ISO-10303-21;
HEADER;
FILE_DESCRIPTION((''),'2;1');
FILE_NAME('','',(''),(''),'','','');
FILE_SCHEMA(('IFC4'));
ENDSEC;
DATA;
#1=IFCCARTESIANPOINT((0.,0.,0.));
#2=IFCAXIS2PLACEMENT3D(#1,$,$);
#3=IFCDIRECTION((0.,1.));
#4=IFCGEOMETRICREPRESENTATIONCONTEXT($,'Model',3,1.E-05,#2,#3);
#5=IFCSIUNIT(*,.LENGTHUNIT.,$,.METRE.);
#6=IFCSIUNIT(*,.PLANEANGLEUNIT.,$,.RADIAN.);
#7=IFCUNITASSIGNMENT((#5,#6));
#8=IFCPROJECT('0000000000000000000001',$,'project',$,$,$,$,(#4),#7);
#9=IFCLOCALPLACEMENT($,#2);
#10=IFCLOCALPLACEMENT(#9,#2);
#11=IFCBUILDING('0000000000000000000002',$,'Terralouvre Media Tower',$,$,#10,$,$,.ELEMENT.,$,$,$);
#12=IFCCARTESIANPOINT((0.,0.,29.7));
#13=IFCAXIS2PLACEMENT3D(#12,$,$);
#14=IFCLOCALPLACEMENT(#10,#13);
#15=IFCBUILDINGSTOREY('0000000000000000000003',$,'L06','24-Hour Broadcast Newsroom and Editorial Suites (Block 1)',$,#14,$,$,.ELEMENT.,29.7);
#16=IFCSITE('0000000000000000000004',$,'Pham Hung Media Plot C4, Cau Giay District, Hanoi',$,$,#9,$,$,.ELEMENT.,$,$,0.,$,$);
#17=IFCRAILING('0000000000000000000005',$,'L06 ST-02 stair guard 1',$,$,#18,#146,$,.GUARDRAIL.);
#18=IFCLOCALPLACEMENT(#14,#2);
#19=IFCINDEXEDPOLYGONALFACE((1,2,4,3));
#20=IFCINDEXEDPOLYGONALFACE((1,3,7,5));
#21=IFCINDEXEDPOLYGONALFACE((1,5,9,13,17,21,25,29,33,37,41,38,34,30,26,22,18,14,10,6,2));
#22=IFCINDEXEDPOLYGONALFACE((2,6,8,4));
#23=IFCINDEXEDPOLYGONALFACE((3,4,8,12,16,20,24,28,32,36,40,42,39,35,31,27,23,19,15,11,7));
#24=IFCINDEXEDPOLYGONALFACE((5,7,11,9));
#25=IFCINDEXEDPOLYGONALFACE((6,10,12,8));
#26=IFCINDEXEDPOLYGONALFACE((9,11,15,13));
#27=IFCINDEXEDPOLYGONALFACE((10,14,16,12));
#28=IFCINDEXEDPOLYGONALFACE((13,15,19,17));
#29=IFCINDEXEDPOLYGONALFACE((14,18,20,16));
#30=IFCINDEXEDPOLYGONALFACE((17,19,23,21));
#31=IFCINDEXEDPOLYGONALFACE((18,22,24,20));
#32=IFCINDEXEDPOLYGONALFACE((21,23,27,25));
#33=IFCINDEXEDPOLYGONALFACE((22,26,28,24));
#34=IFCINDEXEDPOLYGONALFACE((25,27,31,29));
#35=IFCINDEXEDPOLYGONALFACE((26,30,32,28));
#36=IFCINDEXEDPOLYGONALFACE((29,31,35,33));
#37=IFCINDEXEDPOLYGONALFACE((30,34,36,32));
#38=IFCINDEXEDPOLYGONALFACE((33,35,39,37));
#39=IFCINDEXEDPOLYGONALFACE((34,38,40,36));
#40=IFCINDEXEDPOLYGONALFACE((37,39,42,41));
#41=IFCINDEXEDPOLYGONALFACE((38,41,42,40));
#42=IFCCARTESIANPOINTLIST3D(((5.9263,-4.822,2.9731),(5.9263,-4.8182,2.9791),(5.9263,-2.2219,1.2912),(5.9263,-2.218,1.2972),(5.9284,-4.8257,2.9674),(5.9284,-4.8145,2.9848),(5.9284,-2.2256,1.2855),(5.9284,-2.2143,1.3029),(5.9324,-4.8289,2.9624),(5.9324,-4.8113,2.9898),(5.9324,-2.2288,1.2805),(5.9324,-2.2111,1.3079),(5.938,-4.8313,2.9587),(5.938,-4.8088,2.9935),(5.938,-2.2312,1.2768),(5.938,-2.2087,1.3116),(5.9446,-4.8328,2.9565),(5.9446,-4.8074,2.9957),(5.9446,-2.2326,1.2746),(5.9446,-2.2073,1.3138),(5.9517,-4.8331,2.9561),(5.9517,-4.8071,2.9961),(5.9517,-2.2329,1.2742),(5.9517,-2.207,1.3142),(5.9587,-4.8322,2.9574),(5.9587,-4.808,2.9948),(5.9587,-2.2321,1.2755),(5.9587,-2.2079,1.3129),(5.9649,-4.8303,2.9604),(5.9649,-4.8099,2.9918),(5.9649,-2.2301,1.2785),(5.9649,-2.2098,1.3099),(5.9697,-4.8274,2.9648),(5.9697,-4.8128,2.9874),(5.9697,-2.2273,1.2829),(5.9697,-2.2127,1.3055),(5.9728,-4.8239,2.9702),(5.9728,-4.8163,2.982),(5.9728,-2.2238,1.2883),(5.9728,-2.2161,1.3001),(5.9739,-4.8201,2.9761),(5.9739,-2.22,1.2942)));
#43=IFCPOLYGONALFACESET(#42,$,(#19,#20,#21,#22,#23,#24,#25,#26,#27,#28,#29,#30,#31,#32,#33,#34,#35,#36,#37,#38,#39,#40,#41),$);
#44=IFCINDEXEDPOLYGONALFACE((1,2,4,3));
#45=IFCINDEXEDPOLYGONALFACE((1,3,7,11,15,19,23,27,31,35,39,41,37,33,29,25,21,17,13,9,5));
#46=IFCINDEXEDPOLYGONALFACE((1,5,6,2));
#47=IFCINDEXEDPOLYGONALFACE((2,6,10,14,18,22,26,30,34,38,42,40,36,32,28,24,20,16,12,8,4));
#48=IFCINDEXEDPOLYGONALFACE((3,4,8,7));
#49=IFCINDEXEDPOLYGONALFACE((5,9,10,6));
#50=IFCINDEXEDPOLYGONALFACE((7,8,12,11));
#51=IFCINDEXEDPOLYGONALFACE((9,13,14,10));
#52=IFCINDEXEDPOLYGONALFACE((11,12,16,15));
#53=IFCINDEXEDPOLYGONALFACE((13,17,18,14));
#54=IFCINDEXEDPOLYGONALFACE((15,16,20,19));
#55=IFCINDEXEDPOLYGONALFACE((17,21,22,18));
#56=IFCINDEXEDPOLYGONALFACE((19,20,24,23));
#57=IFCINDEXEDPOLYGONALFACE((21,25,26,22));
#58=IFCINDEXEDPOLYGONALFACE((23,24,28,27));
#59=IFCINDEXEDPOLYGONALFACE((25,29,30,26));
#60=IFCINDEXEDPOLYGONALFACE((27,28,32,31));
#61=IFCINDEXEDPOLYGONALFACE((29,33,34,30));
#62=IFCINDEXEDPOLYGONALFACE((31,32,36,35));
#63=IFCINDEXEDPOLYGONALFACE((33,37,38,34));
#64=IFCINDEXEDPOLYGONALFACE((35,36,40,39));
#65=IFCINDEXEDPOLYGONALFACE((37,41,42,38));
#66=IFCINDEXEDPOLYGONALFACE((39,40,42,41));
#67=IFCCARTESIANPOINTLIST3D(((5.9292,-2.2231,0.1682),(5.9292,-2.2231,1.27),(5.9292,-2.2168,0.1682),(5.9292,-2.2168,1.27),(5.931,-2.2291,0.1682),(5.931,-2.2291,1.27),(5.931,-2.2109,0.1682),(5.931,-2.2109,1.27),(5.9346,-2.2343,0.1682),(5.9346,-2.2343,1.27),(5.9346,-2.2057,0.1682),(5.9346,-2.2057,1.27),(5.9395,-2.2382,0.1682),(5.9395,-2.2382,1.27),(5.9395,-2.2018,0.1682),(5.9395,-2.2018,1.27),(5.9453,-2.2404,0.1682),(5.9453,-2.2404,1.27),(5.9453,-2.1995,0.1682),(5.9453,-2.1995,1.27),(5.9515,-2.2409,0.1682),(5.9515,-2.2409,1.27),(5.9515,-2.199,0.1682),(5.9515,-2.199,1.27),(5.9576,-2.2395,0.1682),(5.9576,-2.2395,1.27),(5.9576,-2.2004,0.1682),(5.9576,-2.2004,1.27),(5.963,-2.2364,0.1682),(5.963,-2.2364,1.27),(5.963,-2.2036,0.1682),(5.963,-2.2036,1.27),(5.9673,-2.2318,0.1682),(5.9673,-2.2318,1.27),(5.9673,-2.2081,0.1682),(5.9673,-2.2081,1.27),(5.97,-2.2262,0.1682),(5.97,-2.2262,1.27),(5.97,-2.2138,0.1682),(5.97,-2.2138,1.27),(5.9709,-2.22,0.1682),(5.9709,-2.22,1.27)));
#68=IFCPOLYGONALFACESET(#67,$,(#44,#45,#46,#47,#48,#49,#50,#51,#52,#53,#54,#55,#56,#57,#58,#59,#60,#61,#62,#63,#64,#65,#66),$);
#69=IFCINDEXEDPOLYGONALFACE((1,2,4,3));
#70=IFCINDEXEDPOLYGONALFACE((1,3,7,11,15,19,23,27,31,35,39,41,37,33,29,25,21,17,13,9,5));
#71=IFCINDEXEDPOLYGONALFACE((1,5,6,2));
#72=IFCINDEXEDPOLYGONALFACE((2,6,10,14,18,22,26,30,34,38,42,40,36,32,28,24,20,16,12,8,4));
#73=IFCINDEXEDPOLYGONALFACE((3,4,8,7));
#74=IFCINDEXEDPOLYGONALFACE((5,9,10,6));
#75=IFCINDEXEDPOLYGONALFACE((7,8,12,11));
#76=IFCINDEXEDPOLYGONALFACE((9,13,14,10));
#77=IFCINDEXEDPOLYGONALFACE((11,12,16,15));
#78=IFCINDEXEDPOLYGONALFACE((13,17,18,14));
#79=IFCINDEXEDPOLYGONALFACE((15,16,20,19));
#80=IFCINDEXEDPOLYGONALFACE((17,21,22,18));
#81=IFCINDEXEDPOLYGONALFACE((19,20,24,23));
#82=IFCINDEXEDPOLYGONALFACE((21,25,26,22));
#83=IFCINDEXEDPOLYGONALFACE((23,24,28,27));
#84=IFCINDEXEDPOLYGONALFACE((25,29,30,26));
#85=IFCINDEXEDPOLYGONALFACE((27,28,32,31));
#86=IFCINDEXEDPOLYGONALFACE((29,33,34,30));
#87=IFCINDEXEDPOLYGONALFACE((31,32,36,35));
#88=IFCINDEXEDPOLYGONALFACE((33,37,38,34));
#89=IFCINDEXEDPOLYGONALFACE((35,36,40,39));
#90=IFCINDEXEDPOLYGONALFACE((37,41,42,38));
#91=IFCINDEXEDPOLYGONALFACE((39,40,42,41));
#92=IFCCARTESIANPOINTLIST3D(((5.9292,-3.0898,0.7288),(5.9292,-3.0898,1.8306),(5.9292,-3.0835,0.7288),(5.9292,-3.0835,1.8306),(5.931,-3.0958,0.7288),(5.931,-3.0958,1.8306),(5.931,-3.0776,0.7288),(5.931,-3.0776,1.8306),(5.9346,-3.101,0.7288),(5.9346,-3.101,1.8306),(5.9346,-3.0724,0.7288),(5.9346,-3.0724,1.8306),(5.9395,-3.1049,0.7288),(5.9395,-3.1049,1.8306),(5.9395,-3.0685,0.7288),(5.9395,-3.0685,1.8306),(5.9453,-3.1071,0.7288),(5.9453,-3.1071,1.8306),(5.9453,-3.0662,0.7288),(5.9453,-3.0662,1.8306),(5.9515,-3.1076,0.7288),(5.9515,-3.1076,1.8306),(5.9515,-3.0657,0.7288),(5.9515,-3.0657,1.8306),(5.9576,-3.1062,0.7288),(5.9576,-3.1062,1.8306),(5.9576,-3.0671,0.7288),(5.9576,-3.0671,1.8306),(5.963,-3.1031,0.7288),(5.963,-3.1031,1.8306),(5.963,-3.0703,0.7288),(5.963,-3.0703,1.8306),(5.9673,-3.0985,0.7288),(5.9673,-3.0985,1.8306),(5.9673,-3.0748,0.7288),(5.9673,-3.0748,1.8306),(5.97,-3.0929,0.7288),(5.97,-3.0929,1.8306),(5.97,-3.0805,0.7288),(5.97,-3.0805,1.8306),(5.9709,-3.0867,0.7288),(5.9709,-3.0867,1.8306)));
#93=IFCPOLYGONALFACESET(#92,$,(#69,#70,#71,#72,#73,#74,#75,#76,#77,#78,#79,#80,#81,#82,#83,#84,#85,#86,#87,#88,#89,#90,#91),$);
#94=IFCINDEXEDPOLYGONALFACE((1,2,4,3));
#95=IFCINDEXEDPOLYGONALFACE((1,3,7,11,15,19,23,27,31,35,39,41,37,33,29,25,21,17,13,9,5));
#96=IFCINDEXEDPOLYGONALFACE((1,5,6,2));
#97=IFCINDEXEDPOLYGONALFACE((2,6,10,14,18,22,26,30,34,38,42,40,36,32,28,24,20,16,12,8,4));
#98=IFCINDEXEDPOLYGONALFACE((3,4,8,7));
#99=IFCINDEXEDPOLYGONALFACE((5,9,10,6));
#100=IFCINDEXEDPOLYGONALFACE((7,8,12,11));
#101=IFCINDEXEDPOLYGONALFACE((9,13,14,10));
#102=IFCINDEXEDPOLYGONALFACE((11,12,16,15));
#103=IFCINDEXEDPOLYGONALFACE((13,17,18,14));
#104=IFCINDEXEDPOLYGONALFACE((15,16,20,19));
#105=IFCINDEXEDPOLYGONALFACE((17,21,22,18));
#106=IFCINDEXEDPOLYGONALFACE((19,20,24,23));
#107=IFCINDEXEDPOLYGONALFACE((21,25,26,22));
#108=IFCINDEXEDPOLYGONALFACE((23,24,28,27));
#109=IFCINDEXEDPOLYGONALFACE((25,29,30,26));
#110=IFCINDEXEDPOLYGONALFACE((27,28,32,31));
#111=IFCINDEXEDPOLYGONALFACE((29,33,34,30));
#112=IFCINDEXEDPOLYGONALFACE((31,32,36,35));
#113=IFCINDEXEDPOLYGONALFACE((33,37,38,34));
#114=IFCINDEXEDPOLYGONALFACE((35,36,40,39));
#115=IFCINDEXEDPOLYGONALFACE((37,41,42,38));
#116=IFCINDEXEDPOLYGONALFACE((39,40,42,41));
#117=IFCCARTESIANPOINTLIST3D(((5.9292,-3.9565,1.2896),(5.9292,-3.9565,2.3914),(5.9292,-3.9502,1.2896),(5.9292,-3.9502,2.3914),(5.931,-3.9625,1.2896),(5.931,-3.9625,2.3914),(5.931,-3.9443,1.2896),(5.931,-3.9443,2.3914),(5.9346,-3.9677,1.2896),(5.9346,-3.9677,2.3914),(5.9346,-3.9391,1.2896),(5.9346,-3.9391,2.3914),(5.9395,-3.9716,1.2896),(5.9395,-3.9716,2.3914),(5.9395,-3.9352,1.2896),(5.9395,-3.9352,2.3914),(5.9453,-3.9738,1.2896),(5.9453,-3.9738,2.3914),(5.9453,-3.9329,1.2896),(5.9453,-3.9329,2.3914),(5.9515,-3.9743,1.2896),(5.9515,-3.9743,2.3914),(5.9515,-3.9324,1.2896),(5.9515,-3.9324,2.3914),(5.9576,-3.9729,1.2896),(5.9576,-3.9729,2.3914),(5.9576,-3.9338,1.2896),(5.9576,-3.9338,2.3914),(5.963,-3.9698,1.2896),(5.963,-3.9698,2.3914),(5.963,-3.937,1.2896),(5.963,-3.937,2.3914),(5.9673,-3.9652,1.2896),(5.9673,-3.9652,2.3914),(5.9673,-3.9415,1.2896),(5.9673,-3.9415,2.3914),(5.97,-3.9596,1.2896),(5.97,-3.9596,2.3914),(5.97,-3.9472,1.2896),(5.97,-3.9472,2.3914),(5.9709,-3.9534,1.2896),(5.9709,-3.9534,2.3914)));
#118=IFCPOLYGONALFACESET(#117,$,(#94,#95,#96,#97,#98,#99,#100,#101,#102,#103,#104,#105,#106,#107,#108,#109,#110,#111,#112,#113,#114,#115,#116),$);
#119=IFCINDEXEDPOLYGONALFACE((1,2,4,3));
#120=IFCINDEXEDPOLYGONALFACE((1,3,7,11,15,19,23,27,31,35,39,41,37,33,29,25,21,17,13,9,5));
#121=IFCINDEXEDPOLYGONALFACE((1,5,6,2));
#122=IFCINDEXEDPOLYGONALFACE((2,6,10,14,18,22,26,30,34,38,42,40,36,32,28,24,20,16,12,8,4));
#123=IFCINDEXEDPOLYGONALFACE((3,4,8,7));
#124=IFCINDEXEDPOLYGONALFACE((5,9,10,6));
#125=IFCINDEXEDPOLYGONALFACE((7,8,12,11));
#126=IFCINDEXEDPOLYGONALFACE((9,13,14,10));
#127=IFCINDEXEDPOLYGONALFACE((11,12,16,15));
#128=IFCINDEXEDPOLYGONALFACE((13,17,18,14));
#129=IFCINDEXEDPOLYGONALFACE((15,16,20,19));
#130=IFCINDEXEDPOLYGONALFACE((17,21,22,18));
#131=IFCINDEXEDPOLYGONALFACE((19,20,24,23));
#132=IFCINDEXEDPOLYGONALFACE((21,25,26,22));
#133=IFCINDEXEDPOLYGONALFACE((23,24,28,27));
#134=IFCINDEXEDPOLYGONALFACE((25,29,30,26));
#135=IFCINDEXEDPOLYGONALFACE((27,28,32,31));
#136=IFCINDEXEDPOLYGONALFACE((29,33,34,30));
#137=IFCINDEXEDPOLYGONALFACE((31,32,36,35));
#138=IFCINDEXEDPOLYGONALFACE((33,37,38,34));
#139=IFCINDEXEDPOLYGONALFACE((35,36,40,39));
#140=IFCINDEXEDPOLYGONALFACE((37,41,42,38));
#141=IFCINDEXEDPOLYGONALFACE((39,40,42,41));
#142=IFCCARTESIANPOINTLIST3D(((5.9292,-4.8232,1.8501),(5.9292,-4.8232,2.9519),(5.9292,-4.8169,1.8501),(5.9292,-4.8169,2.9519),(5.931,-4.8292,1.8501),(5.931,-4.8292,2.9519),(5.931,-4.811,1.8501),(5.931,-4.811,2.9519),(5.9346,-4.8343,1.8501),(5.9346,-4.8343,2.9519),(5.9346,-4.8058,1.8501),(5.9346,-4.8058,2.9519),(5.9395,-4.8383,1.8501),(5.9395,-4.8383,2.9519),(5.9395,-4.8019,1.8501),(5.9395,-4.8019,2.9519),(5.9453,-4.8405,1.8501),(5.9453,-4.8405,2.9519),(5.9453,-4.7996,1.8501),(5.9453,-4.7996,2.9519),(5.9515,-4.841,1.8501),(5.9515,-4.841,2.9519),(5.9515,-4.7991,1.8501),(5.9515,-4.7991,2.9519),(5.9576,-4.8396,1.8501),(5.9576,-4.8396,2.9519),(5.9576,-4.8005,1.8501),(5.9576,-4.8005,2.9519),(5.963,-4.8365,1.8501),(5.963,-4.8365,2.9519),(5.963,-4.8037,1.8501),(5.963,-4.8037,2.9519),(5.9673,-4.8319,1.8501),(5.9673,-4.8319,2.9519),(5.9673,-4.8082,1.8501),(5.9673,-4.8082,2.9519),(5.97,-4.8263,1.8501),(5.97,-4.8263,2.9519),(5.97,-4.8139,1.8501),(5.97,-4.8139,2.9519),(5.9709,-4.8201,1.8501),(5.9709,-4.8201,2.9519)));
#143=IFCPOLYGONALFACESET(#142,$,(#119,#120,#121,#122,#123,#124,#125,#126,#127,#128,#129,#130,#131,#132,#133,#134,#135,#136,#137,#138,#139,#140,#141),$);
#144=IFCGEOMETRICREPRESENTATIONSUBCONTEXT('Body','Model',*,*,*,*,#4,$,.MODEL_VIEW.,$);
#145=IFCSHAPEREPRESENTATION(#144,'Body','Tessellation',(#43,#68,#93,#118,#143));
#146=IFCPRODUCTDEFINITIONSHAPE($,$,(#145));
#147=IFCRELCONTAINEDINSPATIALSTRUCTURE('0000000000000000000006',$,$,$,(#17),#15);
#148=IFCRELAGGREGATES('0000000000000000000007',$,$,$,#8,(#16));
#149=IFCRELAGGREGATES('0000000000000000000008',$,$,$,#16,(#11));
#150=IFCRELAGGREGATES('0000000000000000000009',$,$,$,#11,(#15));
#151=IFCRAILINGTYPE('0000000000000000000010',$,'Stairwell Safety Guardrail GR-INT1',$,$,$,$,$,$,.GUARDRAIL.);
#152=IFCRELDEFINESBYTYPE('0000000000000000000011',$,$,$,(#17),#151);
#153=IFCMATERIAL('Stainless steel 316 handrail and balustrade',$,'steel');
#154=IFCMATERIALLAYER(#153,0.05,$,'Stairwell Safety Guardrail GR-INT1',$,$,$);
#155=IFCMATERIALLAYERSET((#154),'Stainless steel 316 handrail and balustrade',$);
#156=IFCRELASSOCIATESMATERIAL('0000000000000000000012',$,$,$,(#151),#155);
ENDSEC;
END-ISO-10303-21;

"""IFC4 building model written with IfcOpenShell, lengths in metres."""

from ifc_helpers import new_model, si_unit, direction, frame, origin, origin_2d, place, context, subcontext, project, spatial, circle, extrude, material, layer, layer_set, type_object, element, save


model = new_model("IFC4")

# Units and contexts
model_context = context("Model", 3, precision=1e-05, world=origin(), true_north=direction((0.0, 1.0)))
body_context = subcontext(model_context, "Body", "Model", "MODEL_VIEW")
ifc_project = project(units=[si_unit("LENGTHUNIT", "METRE"), si_unit("PLANEANGLEUNIT", "RADIAN")], contexts=[model_context])

# Site, building, storey
site_placement = place(None, origin())
site = spatial("IfcSite", under=ifc_project, at=site_placement, Name="Pham Hung Media Plot C4, Cau Giay District, Hanoi", CompositionType="ELEMENT", RefElevation=0.0)
building_placement = place(site_placement, origin())
building = spatial("IfcBuilding", under=site, at=building_placement, Name="Terralouvre Media Tower", CompositionType="ELEMENT")
storey_placement = place(building_placement, frame((0.0, 0.0, 29.7)))
storey = spatial("IfcBuildingStorey", under=building, at=storey_placement, Name="L06", Description="24-Hour Broadcast Newsroom and Editorial Suites (Block 1)", CompositionType="ELEMENT", Elevation=29.7)

# Railing
ifc_material_1 = material(Name="Stainless steel 316 handrail and balustrade", Category="steel")
ifc_layer_1 = layer(ifc_material_1, 0.05, Name="Stairwell Safety Guardrail GR-INT1")
ifc_layer_set_1 = layer_set([ifc_layer_1], Name="Stainless steel 316 handrail and balustrade")
railing_type_1 = type_object("IfcRailingType", Name="Stairwell Safety Guardrail GR-INT1", PredefinedType="GUARDRAIL", material=ifc_layer_set_1)
railing_1_placement = place(storey_placement, frame((5.95, -2.22, 0.1682)))
element("IfcRailing", 1, at=railing_1_placement, inside=storey, type_object=railing_type_1, Name="L06 ST-02 stair guard 1", PredefinedType="GUARDRAIL", context=body_context, shape_type="SweptSolid", body=[
    extrude(circle(Radius=0.0239, at=origin_2d()), frame((0.0, 0.0, 1.126), z_axis=(0.0, -0.839648, 0.54313), x_axis=(1.0, 0.0, 0.0)), (0.0, 0.0, 1.0), 3.0967),
    extrude(circle(Radius=0.021, at=origin_2d()), origin(), (0.0, 0.0, 1.0), 1.1018),
    extrude(circle(Radius=0.021, at=origin_2d()), frame((0.0, -0.8667, 0.5605)), (0.0, 0.0, 1.0), 1.1018),
    extrude(circle(Radius=0.021, at=origin_2d()), frame((0.0, -1.7334, 1.1213)), (0.0, 0.0, 1.0), 1.1018),
    extrude(circle(Radius=0.021, at=origin_2d()), frame((0.0, -2.6001, 1.6819)), (0.0, 0.0, 1.0), 1.1018),
])

save(model, "model.ifc")
